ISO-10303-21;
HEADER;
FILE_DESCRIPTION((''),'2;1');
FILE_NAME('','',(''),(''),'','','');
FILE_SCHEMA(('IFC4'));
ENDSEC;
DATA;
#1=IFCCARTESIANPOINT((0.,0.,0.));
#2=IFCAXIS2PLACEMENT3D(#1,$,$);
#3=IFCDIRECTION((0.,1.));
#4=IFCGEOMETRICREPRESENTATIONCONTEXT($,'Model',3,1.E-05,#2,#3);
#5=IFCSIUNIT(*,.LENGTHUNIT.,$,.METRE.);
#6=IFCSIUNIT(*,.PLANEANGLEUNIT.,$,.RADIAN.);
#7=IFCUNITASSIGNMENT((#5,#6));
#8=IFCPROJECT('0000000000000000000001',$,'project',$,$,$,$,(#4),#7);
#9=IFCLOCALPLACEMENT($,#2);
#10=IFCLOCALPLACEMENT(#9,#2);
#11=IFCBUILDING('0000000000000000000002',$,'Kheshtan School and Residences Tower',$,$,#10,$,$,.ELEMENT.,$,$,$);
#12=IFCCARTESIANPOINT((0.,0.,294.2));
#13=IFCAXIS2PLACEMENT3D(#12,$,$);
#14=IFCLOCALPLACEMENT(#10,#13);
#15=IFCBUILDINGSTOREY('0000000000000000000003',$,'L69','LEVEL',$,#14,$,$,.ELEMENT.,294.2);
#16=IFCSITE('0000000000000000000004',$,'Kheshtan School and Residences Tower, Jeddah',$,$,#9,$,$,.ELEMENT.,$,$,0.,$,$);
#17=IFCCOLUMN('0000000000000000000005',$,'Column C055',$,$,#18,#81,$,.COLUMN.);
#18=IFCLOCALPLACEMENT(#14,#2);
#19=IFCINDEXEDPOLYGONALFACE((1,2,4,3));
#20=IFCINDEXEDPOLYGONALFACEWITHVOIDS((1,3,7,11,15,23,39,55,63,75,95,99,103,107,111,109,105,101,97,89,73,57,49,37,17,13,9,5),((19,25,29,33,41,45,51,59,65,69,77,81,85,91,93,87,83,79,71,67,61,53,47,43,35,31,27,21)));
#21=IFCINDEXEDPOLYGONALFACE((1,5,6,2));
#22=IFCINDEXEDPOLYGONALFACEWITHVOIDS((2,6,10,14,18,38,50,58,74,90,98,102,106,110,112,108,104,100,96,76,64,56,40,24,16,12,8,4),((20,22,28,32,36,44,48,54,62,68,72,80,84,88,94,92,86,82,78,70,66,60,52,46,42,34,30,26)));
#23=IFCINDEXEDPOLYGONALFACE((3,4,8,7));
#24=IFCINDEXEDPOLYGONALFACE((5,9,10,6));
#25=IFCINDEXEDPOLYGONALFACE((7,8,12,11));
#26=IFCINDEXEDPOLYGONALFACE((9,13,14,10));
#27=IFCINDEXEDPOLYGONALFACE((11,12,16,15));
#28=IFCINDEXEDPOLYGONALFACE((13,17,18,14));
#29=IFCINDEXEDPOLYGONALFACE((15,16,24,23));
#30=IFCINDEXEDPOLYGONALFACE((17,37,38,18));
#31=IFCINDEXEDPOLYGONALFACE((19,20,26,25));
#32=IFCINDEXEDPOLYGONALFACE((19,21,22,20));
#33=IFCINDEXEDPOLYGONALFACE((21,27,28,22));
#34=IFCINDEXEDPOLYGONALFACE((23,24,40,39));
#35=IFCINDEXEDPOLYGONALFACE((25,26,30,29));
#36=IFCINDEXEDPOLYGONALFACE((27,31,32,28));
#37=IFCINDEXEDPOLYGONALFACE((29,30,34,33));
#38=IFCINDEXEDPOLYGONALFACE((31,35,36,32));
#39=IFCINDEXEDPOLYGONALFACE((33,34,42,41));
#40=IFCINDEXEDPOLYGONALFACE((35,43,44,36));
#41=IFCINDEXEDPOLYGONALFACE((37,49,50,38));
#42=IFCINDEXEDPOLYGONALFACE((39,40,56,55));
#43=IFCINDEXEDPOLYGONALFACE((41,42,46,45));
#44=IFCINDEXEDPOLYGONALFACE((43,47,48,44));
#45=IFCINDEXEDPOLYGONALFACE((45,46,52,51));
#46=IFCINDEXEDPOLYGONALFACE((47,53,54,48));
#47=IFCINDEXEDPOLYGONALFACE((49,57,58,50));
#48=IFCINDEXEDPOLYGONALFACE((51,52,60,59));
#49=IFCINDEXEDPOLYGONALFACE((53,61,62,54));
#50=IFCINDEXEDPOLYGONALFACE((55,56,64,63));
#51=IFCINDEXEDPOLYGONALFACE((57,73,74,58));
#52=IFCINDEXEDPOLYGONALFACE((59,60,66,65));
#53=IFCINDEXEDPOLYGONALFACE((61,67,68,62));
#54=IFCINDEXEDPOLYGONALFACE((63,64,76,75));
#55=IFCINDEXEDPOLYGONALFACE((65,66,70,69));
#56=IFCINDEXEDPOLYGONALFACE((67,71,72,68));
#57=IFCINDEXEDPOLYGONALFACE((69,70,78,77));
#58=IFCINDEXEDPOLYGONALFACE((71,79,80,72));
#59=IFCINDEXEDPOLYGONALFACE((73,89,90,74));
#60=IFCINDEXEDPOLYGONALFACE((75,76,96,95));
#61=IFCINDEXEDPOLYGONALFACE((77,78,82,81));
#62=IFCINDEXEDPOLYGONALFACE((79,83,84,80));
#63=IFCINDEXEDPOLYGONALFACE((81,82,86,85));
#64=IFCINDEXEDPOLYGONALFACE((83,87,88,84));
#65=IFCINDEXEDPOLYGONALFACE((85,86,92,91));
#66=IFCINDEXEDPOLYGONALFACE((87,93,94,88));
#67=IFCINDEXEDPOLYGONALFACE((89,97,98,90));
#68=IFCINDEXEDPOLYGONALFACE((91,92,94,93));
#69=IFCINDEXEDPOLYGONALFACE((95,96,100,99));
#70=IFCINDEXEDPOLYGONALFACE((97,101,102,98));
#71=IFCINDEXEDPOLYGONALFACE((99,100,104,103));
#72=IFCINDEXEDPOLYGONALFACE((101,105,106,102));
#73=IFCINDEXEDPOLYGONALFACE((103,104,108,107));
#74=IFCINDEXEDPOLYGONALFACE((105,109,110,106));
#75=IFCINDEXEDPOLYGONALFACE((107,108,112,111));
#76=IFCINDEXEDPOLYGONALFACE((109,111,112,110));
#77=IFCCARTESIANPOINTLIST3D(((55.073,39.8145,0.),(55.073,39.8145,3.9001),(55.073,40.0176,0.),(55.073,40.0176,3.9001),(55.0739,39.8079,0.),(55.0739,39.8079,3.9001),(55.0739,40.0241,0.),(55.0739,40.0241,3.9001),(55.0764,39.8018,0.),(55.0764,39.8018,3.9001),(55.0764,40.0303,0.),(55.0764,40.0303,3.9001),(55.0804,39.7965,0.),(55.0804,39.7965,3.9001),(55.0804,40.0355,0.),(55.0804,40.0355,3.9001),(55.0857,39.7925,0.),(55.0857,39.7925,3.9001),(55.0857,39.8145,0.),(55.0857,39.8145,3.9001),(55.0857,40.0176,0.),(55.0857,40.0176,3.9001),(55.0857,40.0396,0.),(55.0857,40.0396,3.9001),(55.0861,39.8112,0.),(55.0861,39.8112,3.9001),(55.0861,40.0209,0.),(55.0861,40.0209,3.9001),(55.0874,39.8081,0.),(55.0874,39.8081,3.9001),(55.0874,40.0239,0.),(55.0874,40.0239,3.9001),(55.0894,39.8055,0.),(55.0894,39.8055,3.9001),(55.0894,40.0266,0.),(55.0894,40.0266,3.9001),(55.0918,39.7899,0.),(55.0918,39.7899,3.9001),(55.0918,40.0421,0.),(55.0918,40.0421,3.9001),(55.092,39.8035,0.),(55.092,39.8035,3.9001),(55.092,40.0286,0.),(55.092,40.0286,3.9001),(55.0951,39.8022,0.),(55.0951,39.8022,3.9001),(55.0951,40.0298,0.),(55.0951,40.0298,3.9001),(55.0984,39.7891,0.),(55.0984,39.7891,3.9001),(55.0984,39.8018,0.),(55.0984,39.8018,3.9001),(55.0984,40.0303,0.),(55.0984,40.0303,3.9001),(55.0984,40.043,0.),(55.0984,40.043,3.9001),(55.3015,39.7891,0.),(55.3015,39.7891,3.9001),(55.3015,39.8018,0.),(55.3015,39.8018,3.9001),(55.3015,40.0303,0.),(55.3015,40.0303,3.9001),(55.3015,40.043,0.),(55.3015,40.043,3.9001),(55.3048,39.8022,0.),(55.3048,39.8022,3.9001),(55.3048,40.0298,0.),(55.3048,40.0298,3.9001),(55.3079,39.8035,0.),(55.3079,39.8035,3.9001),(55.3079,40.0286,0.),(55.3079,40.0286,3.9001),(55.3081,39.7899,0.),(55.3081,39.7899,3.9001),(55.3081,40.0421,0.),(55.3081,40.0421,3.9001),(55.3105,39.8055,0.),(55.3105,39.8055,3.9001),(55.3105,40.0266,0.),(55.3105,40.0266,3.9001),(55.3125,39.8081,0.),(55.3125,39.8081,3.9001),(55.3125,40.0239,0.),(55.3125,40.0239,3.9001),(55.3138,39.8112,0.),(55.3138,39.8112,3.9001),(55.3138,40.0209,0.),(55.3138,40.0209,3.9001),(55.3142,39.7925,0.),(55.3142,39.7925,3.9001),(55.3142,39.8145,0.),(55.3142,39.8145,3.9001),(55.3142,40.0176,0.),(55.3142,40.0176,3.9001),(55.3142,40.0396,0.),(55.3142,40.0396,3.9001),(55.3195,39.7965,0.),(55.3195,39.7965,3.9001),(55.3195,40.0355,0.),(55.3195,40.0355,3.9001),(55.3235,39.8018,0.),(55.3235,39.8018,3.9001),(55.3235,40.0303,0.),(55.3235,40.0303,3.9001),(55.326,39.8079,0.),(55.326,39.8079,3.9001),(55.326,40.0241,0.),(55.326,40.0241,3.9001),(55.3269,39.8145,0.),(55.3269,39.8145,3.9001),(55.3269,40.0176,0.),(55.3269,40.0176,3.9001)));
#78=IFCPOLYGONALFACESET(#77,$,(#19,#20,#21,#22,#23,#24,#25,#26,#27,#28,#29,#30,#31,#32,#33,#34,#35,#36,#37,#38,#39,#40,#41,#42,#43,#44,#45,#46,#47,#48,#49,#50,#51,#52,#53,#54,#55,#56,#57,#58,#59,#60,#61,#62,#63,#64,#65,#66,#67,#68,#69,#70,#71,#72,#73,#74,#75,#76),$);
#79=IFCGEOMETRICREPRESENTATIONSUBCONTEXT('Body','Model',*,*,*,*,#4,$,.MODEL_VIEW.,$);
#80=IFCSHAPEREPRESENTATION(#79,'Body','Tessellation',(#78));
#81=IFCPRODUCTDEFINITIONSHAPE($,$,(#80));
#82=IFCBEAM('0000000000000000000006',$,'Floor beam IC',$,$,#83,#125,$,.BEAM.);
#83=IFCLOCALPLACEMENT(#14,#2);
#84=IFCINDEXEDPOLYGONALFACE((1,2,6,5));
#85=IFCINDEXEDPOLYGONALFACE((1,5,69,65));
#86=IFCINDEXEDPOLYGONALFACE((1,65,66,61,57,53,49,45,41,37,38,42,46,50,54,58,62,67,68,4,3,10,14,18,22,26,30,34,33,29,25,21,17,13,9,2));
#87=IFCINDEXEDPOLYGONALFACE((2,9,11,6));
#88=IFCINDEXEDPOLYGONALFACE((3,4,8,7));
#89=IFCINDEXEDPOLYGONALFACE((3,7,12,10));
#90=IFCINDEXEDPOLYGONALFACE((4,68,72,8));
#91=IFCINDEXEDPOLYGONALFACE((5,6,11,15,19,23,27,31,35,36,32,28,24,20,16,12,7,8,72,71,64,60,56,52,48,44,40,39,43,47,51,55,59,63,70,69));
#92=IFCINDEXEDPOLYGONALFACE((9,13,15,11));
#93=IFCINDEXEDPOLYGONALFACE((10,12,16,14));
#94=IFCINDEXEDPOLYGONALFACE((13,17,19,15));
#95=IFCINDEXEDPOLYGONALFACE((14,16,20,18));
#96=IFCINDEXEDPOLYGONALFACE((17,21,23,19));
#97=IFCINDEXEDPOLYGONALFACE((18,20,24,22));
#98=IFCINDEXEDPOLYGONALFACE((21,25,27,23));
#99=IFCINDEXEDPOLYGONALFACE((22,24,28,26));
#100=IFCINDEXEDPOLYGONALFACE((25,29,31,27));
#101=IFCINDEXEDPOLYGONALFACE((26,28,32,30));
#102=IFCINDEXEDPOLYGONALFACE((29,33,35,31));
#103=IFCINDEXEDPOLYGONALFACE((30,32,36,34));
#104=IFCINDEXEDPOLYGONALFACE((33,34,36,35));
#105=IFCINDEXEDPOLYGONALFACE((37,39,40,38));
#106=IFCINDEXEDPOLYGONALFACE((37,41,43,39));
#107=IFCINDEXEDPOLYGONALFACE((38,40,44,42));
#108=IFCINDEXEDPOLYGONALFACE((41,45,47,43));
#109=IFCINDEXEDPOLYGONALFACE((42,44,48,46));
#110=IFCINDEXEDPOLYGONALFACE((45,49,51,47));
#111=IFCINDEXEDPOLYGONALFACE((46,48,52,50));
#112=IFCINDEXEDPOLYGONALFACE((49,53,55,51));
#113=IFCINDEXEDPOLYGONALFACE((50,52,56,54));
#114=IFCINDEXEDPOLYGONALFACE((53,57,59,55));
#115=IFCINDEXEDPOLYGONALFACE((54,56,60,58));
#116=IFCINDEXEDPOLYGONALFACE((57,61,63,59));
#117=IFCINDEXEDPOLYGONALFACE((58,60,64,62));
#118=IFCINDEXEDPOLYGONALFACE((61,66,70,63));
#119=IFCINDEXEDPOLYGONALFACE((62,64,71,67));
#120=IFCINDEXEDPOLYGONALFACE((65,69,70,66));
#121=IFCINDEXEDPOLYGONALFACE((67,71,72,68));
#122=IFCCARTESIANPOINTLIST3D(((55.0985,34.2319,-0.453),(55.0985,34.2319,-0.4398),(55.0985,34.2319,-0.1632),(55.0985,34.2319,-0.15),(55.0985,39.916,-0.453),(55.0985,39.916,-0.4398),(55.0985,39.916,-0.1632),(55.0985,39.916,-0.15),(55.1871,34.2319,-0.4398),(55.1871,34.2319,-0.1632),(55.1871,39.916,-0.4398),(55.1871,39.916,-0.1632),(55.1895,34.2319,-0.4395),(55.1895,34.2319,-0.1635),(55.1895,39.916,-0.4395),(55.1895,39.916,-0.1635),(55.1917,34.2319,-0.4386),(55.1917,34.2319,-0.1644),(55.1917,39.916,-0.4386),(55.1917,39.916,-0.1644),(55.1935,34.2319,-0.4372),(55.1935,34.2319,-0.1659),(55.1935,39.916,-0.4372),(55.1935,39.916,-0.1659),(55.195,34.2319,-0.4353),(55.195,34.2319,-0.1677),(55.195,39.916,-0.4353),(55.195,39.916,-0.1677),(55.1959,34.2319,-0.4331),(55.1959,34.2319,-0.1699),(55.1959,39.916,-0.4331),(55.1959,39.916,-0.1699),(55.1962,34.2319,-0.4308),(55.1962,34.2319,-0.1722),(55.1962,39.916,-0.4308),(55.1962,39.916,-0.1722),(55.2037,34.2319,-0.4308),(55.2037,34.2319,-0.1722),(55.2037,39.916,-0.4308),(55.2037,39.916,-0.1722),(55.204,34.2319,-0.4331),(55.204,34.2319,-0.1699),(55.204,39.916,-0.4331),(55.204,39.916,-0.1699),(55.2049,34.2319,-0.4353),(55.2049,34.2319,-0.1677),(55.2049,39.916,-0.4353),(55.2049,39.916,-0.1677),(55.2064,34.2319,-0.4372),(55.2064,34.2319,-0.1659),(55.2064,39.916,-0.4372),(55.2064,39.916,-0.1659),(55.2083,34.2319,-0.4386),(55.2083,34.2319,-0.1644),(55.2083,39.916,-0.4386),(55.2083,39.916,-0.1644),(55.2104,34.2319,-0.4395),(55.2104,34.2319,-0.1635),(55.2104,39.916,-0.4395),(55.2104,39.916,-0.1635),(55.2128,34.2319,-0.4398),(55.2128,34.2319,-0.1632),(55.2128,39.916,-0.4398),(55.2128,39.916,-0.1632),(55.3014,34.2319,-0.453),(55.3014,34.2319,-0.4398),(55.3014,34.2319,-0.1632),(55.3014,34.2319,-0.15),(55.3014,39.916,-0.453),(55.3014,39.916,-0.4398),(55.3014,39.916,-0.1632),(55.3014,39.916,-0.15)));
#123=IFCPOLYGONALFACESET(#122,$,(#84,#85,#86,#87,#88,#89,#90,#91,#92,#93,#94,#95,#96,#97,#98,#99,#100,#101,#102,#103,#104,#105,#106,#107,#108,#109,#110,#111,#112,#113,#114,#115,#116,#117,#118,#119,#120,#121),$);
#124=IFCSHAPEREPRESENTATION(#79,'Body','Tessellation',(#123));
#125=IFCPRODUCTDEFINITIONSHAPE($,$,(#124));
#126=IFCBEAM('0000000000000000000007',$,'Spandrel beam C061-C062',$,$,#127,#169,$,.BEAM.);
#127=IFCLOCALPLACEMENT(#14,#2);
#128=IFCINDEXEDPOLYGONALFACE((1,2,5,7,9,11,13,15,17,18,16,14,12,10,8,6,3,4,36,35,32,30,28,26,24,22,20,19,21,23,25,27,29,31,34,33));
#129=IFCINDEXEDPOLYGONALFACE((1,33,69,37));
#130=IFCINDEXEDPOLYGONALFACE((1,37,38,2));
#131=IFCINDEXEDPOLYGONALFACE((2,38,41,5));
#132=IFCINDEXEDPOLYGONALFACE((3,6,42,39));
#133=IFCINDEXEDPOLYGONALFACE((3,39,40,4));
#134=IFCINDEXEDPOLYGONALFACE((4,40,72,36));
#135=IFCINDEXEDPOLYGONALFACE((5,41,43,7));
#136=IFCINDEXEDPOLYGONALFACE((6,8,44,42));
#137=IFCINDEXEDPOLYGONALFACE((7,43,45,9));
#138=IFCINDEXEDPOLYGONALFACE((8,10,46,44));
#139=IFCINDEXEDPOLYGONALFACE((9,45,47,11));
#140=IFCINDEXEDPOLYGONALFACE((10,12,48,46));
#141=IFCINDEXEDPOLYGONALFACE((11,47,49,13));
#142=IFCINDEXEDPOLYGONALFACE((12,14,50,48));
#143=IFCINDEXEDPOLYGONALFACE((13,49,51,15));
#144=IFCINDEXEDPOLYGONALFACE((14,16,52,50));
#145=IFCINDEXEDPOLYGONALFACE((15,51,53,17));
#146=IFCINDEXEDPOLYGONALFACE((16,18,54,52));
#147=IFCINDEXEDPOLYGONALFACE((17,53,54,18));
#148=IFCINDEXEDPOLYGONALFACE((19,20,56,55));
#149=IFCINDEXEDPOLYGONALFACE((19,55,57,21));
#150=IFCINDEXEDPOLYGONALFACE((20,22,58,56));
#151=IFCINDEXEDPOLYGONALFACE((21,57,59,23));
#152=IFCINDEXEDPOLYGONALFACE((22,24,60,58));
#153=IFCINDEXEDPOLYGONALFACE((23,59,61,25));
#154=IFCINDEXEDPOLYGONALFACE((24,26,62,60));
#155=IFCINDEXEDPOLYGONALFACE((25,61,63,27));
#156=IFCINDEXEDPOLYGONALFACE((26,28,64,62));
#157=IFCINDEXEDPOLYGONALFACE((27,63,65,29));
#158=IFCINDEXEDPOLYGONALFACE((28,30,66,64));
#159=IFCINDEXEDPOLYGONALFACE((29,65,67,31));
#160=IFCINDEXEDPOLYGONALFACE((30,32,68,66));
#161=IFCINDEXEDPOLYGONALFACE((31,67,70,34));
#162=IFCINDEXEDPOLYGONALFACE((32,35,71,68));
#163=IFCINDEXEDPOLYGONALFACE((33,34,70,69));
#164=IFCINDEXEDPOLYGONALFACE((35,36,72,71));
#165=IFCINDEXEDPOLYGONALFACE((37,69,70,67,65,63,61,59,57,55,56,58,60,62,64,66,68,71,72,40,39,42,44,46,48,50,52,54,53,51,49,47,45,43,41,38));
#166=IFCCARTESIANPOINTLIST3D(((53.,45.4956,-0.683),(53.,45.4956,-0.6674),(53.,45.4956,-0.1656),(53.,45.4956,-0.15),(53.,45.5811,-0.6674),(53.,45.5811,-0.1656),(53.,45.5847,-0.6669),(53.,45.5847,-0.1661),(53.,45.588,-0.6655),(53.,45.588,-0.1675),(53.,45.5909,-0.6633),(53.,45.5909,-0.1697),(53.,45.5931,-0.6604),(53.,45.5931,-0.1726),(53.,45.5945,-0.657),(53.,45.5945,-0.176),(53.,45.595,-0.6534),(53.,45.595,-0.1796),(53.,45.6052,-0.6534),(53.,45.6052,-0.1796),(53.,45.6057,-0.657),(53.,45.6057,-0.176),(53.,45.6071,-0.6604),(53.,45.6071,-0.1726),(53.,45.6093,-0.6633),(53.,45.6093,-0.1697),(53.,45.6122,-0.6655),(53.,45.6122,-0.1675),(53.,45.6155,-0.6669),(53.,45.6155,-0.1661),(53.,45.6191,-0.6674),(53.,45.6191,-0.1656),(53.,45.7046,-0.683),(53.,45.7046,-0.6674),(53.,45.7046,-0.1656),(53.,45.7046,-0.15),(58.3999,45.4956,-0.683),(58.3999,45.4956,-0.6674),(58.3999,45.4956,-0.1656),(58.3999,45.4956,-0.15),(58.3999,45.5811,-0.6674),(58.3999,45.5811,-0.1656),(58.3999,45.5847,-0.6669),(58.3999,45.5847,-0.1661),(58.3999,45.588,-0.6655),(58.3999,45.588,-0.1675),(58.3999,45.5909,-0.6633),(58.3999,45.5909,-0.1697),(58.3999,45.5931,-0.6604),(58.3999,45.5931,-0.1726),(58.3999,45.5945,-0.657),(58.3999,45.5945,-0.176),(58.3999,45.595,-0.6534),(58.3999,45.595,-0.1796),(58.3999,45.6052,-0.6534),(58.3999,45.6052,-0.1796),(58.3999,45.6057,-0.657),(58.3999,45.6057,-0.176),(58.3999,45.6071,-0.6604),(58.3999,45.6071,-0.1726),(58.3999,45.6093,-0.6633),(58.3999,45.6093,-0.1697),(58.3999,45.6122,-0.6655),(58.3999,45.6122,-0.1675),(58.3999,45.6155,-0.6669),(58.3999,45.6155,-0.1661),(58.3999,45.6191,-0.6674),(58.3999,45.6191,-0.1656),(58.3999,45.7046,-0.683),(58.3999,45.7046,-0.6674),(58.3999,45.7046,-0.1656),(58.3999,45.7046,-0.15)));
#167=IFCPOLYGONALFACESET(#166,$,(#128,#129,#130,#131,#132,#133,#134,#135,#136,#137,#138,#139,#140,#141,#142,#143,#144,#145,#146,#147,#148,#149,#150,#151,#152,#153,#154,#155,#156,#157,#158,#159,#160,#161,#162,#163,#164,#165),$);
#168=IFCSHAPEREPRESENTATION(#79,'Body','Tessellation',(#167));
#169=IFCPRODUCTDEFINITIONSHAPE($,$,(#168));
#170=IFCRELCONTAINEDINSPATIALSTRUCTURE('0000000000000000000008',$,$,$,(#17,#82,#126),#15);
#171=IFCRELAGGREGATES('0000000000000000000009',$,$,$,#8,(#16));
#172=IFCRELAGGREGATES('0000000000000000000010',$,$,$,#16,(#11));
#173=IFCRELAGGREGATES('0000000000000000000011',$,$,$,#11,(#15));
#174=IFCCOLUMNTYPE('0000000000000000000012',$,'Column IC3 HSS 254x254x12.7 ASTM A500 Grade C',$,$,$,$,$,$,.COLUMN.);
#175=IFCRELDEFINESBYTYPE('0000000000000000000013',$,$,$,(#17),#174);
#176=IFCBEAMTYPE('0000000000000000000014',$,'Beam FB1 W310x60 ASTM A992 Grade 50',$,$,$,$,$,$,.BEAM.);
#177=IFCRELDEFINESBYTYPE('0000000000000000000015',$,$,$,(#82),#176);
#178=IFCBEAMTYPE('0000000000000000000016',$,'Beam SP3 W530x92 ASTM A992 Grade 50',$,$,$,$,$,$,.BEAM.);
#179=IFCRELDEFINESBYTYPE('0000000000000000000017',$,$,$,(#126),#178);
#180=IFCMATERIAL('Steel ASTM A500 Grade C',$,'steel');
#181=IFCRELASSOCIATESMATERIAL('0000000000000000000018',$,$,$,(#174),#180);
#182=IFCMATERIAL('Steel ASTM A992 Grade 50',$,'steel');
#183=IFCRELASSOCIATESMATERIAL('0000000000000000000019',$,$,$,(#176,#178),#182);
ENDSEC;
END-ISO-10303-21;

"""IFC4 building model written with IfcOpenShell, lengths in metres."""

from ifc_helpers import new_model, si_unit, direction, frame, origin, origin_2d, place, context, subcontext, project, spatial, hollow_rectangle, i_section, extrude, material, material_profile, profile_set, type_object, element, save


model = new_model("IFC4")

# Units and contexts
model_context = context("Model", 3, precision=1e-05, world=origin(), true_north=direction((0.0, 1.0)))
body_context = subcontext(model_context, "Body", "Model", "MODEL_VIEW")
ifc_project = project(units=[si_unit("LENGTHUNIT", "METRE"), si_unit("PLANEANGLEUNIT", "RADIAN")], contexts=[model_context])

# Site, building, storey
site_placement = place(None, origin())
site = spatial("IfcSite", under=ifc_project, at=site_placement, Name="Kheshtan School and Residences Tower, Jeddah", CompositionType="ELEMENT", RefElevation=0.0)
building_placement = place(site_placement, origin())
building = spatial("IfcBuilding", under=site, at=building_placement, Name="Kheshtan School and Residences Tower", CompositionType="ELEMENT")
storey_placement = place(building_placement, frame((0.0, 0.0, 294.2)))
storey = spatial("IfcBuildingStorey", under=building, at=storey_placement, Name="L69", Description="LEVEL", CompositionType="ELEMENT", Elevation=294.2)

# Column
ifc_material_1 = material(Name="Steel ASTM A992 Grade 50", Category="steel")
ifc_material_2 = material(Name="Steel ASTM A500 Grade C", Category="steel")
ifc_material_profile_1 = material_profile(ifc_material_2, hollow_rectangle(XDim=0.2539, YDim=0.2539, WallThickness=0.0127, InnerFilletRadius=0.0127, OuterFilletRadius=0.0254, at=origin_2d()), Name="HSS 254x254x12.7")
ifc_profile_set_1 = profile_set([ifc_material_profile_1], Name="Steel ASTM A500 Grade C")
column_type_1 = type_object("IfcColumnType", Name="Column IC3 HSS 254x254x12.7 ASTM A500 Grade C", PredefinedType="COLUMN", material=ifc_profile_set_1)
for number, where, z_axis, x_axis, name in (
    (1, (55.2, 39.916, 0.0), (0.0, 0.0, 1.0), (1.0, 0.0, 0.0), "Column C055"),
):
    element("IfcColumn", number, at=place(storey_placement, frame(where, z_axis=z_axis, x_axis=x_axis)), inside=storey, type_object=column_type_1, Name=name, PredefinedType="COLUMN", context=body_context, shape_type="SweptSolid", body=[
        extrude(hollow_rectangle(XDim=0.2539, YDim=0.2539, WallThickness=0.0127, InnerFilletRadius=0.0127, OuterFilletRadius=0.0254, at=origin_2d()), origin(), (0.0, 0.0, 1.0), 3.9001),
    ])

# Beams
ifc_material_profile_2 = material_profile(ifc_material_1, i_section(OverallWidth=0.2029, OverallDepth=0.303, WebThickness=0.0076, FlangeThickness=0.0132, FilletRadius=0.009, at=origin_2d()), Name="W310x60")
ifc_profile_set_2 = profile_set([ifc_material_profile_2], Name="Steel ASTM A992 Grade 50")
beam_type_1 = type_object("IfcBeamType", Name="Beam FB1 W310x60 ASTM A992 Grade 50", PredefinedType="BEAM", material=ifc_profile_set_2)
beam_1_placement = place(storey_placement, frame((55.2, 34.2319, -0.3015), z_axis=(0.0, 1.0, 0.0), x_axis=(-1.0, 0.0, 0.0)))
element("IfcBeam", 2, at=beam_1_placement, inside=storey, type_object=beam_type_1, Name="Floor beam IC", PredefinedType="BEAM", context=body_context, shape_type="SweptSolid", body=[
    extrude(i_section(OverallWidth=0.2029, OverallDepth=0.303, WebThickness=0.0076, FlangeThickness=0.0132, FilletRadius=0.009, at=origin_2d()), origin(), (0.0, 0.0, 1.0), 5.6841),
])
ifc_material_profile_3 = material_profile(ifc_material_1, i_section(OverallWidth=0.209, OverallDepth=0.533, WebThickness=0.0103, FlangeThickness=0.0156, FilletRadius=0.0139, at=origin_2d()), Name="W530x92")
ifc_profile_set_3 = profile_set([ifc_material_profile_3], Name="Steel ASTM A992 Grade 50")
beam_type_2 = type_object("IfcBeamType", Name="Beam SP3 W530x92 ASTM A992 Grade 50", PredefinedType="BEAM", material=ifc_profile_set_3)
beam_2_placement = place(storey_placement, frame((53.0, 45.6001, -0.4165), z_axis=(1.0, 0.0, 0.0), x_axis=(0.0, 1.0, 0.0)))
element("IfcBeam", 3, at=beam_2_placement, inside=storey, type_object=beam_type_2, Name="Spandrel beam C061-C062", PredefinedType="BEAM", context=body_context, shape_type="SweptSolid", body=[
    extrude(i_section(OverallWidth=0.209, OverallDepth=0.533, WebThickness=0.0103, FlangeThickness=0.0156, FilletRadius=0.0139, at=origin_2d()), origin(), (0.0, 0.0, 1.0), 5.3999),
])

save(model, "model.ifc")
